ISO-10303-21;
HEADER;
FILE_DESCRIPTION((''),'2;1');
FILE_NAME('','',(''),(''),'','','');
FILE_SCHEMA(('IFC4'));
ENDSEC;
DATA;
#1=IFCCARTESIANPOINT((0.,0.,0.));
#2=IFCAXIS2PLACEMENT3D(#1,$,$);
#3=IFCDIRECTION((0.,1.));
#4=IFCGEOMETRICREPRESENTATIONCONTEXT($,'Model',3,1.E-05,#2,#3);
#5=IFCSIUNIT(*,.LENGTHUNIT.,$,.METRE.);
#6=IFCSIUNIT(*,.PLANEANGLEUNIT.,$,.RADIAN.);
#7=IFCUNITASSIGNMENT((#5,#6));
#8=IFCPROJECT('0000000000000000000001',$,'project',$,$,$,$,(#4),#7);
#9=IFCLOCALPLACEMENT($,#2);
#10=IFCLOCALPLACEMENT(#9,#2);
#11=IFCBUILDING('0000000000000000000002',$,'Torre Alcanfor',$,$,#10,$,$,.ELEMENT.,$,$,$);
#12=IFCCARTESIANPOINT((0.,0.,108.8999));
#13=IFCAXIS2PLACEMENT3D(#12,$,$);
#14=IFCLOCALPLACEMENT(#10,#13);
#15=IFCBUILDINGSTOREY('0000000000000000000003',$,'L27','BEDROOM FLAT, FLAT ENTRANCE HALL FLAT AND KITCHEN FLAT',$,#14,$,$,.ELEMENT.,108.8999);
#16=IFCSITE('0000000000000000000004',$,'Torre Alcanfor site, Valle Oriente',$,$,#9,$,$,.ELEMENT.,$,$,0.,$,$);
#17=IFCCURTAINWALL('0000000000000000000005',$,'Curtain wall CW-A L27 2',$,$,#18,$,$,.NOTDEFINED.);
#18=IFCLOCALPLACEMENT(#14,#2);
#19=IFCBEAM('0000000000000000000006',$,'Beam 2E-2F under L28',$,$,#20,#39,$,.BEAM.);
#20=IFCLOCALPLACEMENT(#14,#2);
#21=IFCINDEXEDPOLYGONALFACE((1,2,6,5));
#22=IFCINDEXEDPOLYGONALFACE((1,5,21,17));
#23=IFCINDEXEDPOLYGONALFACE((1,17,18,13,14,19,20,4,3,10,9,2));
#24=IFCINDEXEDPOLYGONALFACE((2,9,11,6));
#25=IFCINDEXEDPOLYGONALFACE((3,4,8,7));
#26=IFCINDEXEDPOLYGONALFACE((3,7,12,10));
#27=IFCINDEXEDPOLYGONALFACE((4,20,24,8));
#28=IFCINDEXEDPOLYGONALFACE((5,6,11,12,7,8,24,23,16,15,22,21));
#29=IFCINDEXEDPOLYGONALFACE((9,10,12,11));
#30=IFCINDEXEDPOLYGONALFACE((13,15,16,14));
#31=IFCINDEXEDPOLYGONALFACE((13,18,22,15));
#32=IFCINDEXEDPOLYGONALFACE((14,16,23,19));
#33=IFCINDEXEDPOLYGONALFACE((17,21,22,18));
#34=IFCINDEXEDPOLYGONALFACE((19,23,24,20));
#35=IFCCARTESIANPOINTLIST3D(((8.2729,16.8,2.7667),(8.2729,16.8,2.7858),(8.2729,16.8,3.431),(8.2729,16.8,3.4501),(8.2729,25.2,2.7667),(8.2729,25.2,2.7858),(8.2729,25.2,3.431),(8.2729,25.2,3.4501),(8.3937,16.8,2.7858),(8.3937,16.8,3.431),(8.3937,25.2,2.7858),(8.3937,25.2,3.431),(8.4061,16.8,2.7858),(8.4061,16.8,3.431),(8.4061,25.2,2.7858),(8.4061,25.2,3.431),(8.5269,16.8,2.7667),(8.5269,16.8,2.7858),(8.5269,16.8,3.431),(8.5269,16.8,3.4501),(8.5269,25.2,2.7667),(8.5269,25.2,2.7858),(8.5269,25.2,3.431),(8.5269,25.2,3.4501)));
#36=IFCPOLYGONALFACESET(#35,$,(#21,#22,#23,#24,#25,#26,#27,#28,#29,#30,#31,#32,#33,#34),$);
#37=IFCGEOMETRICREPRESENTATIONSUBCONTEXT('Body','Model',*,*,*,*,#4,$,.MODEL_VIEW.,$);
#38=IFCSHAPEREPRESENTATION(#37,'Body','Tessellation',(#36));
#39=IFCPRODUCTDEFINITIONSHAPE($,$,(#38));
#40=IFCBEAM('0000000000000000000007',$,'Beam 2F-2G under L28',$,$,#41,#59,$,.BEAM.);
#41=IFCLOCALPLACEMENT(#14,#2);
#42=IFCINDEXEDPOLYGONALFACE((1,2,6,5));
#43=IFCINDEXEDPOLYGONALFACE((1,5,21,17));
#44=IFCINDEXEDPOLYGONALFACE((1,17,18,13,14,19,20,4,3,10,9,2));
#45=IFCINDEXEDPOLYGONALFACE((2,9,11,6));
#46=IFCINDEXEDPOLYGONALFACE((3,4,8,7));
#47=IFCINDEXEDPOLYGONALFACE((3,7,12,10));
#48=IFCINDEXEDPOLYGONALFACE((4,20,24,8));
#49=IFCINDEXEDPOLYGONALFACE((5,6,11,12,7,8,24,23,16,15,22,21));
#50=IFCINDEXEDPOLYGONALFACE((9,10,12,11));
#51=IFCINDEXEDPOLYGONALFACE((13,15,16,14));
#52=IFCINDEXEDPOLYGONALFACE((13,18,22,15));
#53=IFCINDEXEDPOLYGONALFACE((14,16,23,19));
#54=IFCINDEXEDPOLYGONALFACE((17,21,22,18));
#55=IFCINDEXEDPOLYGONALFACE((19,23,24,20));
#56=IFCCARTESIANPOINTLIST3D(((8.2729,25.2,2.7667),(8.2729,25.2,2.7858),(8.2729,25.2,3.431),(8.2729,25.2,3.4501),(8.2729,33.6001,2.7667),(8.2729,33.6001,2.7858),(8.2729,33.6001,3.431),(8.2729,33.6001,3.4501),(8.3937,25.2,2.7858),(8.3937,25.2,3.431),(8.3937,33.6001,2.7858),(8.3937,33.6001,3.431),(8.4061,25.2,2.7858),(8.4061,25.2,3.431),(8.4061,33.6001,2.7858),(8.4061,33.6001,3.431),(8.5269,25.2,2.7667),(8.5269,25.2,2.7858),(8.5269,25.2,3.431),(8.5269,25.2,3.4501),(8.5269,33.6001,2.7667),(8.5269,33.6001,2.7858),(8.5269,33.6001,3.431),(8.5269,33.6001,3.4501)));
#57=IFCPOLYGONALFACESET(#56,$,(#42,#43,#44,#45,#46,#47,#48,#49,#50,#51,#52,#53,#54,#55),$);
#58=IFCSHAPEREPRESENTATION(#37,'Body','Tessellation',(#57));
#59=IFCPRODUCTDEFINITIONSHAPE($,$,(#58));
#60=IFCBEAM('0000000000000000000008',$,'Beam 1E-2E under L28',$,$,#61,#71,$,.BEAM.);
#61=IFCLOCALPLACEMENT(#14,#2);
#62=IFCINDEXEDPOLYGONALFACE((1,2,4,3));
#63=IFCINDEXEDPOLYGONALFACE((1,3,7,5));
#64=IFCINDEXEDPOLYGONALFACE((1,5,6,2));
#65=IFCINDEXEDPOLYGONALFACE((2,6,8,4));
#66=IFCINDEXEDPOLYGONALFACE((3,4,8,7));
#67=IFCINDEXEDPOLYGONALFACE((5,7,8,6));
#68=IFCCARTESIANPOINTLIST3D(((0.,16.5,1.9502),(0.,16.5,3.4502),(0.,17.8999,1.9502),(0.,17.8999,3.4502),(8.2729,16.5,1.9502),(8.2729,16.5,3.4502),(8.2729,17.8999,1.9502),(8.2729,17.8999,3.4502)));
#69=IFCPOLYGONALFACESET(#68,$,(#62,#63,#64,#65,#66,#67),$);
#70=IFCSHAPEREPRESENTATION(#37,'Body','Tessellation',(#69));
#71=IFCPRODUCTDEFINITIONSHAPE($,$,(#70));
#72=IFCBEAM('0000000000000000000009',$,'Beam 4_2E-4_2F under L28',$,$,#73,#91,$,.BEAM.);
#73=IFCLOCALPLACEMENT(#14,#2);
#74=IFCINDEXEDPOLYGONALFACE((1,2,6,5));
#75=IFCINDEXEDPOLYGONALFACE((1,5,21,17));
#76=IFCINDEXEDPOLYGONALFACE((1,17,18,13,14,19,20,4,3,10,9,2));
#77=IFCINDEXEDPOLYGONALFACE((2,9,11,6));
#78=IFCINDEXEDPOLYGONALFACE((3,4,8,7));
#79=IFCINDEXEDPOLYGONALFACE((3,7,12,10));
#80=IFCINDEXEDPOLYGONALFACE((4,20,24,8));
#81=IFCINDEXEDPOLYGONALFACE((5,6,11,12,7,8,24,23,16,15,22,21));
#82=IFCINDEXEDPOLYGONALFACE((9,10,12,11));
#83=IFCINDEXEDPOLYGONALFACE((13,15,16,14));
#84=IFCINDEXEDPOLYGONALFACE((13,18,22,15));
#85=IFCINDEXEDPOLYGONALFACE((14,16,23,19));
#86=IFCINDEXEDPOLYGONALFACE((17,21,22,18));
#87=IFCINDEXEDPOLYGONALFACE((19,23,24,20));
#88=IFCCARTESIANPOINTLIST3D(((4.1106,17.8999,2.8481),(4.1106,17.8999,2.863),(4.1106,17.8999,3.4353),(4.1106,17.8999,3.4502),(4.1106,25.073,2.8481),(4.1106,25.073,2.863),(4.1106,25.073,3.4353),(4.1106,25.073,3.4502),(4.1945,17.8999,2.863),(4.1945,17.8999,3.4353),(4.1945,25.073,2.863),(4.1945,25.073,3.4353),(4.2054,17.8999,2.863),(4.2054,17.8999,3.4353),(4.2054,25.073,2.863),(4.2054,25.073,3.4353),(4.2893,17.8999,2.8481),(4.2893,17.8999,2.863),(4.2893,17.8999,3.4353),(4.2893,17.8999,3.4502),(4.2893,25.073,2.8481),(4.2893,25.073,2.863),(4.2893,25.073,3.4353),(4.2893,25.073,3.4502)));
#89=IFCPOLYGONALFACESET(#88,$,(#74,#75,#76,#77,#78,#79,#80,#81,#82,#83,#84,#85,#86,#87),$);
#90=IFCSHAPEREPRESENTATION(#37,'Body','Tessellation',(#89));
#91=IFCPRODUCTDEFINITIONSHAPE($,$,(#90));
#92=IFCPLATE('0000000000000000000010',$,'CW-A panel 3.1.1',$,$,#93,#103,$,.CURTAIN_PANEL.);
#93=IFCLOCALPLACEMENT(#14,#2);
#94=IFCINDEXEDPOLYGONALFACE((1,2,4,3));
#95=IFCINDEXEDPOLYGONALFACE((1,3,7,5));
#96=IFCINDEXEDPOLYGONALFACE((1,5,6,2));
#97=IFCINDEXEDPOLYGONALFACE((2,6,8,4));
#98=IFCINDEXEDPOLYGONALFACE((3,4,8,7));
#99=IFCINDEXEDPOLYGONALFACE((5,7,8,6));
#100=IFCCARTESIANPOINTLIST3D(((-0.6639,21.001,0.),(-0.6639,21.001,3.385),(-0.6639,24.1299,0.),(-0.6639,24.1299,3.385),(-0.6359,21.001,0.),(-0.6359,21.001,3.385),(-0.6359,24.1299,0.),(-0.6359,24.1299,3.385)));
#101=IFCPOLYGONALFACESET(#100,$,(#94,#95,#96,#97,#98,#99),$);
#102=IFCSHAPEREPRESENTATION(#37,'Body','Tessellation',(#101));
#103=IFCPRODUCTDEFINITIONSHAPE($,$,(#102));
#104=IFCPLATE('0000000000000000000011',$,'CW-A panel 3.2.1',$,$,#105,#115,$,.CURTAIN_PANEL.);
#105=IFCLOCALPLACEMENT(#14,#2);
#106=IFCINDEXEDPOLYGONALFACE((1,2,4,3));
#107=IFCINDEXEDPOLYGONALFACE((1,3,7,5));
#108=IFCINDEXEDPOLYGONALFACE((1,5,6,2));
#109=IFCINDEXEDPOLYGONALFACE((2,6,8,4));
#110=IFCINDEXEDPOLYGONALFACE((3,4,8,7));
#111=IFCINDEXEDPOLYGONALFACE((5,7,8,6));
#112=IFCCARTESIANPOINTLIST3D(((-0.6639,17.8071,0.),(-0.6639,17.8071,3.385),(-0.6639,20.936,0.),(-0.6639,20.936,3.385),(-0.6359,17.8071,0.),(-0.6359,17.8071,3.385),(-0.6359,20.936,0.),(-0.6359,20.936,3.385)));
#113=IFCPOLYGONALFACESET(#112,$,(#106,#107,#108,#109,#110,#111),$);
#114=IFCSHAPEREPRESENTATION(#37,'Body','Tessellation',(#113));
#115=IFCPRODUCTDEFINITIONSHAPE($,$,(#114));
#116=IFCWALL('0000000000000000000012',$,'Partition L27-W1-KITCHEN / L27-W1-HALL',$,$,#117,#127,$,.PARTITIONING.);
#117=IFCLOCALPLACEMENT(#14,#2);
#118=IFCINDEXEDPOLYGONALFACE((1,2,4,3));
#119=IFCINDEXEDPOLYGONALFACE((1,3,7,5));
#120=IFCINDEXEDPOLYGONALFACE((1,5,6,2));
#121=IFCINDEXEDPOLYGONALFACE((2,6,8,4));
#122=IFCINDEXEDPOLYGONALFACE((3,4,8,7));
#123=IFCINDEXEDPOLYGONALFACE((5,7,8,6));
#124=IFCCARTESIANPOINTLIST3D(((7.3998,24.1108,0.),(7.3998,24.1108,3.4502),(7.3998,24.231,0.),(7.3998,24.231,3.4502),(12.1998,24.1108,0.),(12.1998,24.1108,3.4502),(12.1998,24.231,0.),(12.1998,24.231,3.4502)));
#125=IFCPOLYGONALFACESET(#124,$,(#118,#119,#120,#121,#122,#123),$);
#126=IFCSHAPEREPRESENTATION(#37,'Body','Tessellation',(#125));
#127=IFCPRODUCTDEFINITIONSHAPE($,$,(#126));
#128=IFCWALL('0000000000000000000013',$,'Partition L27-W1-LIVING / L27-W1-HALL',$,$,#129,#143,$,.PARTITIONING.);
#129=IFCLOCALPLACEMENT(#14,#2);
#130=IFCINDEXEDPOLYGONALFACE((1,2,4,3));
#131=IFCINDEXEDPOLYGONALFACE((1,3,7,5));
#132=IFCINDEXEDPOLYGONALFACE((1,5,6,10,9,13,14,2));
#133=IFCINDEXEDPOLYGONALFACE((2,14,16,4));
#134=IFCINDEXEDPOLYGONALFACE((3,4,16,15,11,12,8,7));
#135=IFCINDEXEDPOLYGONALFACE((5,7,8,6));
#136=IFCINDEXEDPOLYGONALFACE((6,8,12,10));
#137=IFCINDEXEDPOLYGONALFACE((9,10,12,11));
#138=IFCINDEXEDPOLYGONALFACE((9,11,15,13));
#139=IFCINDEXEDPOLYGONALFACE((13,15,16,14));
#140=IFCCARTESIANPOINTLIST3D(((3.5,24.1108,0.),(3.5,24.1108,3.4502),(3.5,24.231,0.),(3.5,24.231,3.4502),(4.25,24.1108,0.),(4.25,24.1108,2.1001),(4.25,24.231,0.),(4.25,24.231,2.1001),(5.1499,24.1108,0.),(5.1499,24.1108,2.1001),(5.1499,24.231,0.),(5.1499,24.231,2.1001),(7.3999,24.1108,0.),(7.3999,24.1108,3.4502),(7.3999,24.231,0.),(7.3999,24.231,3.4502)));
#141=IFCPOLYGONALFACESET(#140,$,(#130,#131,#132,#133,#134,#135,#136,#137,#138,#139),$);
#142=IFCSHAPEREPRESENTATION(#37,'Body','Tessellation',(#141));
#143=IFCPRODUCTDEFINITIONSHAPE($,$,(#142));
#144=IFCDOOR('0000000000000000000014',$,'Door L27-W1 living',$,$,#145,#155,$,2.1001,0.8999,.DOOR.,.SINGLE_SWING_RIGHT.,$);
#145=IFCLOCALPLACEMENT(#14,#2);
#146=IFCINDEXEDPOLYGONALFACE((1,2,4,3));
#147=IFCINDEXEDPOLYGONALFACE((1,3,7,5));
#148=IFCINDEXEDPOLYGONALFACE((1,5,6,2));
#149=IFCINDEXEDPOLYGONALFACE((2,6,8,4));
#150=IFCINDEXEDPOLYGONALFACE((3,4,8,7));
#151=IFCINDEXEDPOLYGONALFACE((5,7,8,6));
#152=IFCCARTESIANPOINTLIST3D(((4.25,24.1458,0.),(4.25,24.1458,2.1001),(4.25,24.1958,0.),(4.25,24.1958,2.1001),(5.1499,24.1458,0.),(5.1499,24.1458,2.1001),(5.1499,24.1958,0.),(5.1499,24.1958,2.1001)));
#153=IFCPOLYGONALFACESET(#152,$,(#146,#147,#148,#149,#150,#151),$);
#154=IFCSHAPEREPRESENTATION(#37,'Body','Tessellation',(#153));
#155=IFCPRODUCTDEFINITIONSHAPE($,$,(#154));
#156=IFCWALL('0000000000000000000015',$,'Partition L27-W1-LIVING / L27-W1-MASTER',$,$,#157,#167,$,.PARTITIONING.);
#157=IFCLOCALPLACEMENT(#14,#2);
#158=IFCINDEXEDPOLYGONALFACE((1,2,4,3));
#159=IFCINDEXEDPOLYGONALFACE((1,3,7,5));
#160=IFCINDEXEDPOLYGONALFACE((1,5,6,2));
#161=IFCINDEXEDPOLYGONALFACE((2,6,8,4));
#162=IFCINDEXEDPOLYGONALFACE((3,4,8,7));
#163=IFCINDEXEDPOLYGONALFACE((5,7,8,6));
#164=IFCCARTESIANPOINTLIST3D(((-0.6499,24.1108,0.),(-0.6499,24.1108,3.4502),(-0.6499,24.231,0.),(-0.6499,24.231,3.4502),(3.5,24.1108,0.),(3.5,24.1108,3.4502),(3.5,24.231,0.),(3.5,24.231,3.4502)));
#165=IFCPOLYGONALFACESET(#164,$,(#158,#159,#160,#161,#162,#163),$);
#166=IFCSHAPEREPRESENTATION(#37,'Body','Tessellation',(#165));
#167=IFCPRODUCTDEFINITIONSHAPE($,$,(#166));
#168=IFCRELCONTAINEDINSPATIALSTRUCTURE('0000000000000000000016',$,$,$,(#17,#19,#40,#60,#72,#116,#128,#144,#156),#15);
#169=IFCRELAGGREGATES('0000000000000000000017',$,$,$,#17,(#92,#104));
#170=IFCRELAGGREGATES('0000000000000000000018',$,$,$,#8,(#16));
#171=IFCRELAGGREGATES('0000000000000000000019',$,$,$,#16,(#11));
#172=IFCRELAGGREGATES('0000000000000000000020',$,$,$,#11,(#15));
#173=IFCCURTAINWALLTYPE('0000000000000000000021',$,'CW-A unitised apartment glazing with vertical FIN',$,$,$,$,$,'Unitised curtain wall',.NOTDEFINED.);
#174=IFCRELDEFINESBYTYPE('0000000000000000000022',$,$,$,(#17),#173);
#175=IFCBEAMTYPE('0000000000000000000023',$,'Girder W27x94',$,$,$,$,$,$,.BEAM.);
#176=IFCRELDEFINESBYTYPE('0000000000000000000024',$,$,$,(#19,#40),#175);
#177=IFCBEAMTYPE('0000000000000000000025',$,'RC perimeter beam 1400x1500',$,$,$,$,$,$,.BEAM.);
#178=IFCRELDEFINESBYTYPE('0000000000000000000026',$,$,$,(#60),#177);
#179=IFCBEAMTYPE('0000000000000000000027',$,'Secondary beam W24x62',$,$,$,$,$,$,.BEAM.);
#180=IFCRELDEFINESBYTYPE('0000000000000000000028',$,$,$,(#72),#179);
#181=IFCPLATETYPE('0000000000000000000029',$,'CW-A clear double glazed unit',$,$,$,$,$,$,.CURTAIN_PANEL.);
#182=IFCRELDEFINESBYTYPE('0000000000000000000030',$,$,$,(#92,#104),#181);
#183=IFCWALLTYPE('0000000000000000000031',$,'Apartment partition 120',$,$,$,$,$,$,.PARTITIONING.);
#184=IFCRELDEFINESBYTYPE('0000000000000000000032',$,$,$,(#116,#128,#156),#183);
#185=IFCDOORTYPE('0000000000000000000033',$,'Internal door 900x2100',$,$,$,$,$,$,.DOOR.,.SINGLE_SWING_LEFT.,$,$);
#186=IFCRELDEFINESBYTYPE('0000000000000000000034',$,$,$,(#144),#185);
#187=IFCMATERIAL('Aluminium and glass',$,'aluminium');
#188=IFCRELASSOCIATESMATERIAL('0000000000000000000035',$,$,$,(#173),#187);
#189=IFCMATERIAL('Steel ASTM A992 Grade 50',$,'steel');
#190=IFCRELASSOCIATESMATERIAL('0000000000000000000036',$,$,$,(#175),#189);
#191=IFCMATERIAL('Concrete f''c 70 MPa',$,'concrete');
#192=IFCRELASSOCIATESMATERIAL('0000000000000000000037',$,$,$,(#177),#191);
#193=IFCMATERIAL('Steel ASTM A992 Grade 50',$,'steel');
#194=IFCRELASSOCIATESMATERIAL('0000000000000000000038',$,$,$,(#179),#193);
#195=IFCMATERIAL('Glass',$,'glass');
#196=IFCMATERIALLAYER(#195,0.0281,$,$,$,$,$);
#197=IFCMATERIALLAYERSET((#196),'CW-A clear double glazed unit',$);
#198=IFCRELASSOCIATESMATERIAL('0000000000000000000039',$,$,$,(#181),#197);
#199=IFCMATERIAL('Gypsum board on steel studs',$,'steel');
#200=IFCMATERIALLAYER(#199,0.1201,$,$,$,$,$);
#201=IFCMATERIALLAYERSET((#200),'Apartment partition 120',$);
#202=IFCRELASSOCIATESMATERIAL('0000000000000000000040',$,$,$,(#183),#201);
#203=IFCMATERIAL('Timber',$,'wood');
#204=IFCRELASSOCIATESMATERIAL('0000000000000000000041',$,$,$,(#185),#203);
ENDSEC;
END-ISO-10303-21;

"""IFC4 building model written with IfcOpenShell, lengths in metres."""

from ifc_helpers import new_model, si_unit, direction, frame, frame_2d, origin, origin_2d, place, context, subcontext, project, spatial, rectangle, i_section, extrude, material, layer, layer_set, material_profile, profile_set, type_object, element, fill, aggregate, save


model = new_model("IFC4")

# Units and contexts
model_context = context("Model", 3, precision=1e-05, world=origin(), true_north=direction((0.0, 1.0)))
body_context = subcontext(model_context, "Body", "Model", "MODEL_VIEW")
ifc_project = project(units=[si_unit("LENGTHUNIT", "METRE"), si_unit("PLANEANGLEUNIT", "RADIAN")], contexts=[model_context])

# Site, building, storey
site_placement = place(None, origin())
site = spatial("IfcSite", under=ifc_project, at=site_placement, Name="Torre Alcanfor site, Valle Oriente", CompositionType="ELEMENT", RefElevation=0.0)
building_placement = place(site_placement, origin())
building = spatial("IfcBuilding", under=site, at=building_placement, Name="Torre Alcanfor", CompositionType="ELEMENT")
storey_placement = place(building_placement, frame((0.0, 0.0, 108.8999)))
storey = spatial("IfcBuildingStorey", under=building, at=storey_placement, Name="L27", Description="BEDROOM FLAT, FLAT ENTRANCE HALL FLAT AND KITCHEN FLAT", CompositionType="ELEMENT", Elevation=108.8999)

# Curtain wall
ifc_material_1 = material(Name="Aluminium and glass", Category="aluminium")
curtain_wall_type = type_object("IfcCurtainWallType", Name="CW-A unitised apartment glazing with vertical FIN", ElementType="Unitised curtain wall", PredefinedType="NOTDEFINED", material=ifc_material_1)
curtain_wall_placement = place(storey_placement, origin())
curtain_wall = element("IfcCurtainWall", 1, at=curtain_wall_placement, inside=storey, type_object=curtain_wall_type, Name="Curtain wall CW-A L27 2", PredefinedType="NOTDEFINED")

# Beams
ifc_material_2 = material(Name="Steel ASTM A992 Grade 50", Category="steel")
ifc_material_profile_1 = material_profile(ifc_material_2, i_section(OverallWidth=0.2539, OverallDepth=0.6833, WebThickness=0.0125, FlangeThickness=0.019, at=origin_2d()), Name="W27x94")
ifc_profile_set_1 = profile_set([ifc_material_profile_1], Name="Steel ASTM A992 Grade 50")
beam_type_1 = type_object("IfcBeamType", Name="Girder W27x94", PredefinedType="BEAM", material=ifc_profile_set_1)
beam_1_placement = place(storey_placement, frame((8.3999, 16.8, 3.1084), z_axis=(0.0, 1.0, 0.0), x_axis=(-1.0, 0.0, 0.0)))
element("IfcBeam", 2, at=beam_1_placement, inside=storey, type_object=beam_type_1, Name="Beam 2E-2F under L28", PredefinedType="BEAM", context=body_context, shape_type="SweptSolid", body=[
    extrude(i_section(OverallWidth=0.2539, OverallDepth=0.6833, WebThickness=0.0125, FlangeThickness=0.019, at=origin_2d()), origin(), (0.0, 0.0, 1.0), 8.3999),
])
beam_2_placement = place(storey_placement, frame((8.3999, 25.2, 3.1084), z_axis=(0.0, 1.0, 0.0), x_axis=(-1.0, 0.0, 0.0)))
element("IfcBeam", 3, at=beam_2_placement, inside=storey, type_object=beam_type_1, Name="Beam 2F-2G under L28", PredefinedType="BEAM", context=body_context, shape_type="SweptSolid", body=[
    extrude(i_section(OverallWidth=0.2539, OverallDepth=0.6833, WebThickness=0.0125, FlangeThickness=0.019, at=origin_2d()), origin(), (0.0, 0.0, 1.0), 8.4001),
])
ifc_material_3 = material(Name="Concrete f'c 70 MPa", Category="concrete")
ifc_material_profile_2 = material_profile(ifc_material_3, rectangle(XDim=1.3999, YDim=1.5, at=origin_2d()), Name="1400x1500")
ifc_profile_set_2 = profile_set([ifc_material_profile_2], Name="Concrete f'c 70 MPa")
beam_type_2 = type_object("IfcBeamType", Name="RC perimeter beam 1400x1500", PredefinedType="BEAM", material=ifc_profile_set_2)
beam_3_placement = place(storey_placement, frame((0.0, 17.2, 2.7002), z_axis=(1.0, 0.0, 0.0), x_axis=(0.0, 1.0, 0.0)))
element("IfcBeam", 4, at=beam_3_placement, inside=storey, type_object=beam_type_2, Name="Beam 1E-2E under L28", PredefinedType="BEAM", context=body_context, shape_type="SweptSolid", body=[
    extrude(rectangle(XDim=1.3999, YDim=1.5, at=origin_2d()), origin(), (0.0, 0.0, 1.0), 8.2729),
])
ifc_material_4 = material(Name="Steel ASTM A992 Grade 50", Category="steel")
ifc_material_profile_3 = material_profile(ifc_material_4, i_section(OverallWidth=0.1787, OverallDepth=0.6021, WebThickness=0.011, FlangeThickness=0.0149, at=origin_2d()), Name="W24x62")
ifc_profile_set_3 = profile_set([ifc_material_profile_3], Name="Steel ASTM A992 Grade 50")
beam_type_3 = type_object("IfcBeamType", Name="Secondary beam W24x62", PredefinedType="BEAM", material=ifc_profile_set_3)
beam_4_placement = place(storey_placement, frame((4.2, 17.8999, 3.1492), z_axis=(0.0, 1.0, 0.0), x_axis=(-1.0, 0.0, 0.0)))
element("IfcBeam", 5, at=beam_4_placement, inside=storey, type_object=beam_type_3, Name="Beam 4_2E-4_2F under L28", PredefinedType="BEAM", context=body_context, shape_type="SweptSolid", body=[
    extrude(i_section(OverallWidth=0.1787, OverallDepth=0.6021, WebThickness=0.011, FlangeThickness=0.0149, at=origin_2d()), origin(), (0.0, 0.0, 1.0), 7.1731),
])

# Plates
ifc_material_5 = material(Name="Glass", Category="glass")
ifc_layer_1 = layer(ifc_material_5, 0.0281)
ifc_layer_set_1 = layer_set([ifc_layer_1], Name="CW-A clear double glazed unit")
plate_type = type_object("IfcPlateType", Name="CW-A clear double glazed unit", PredefinedType="CURTAIN_PANEL", material=ifc_layer_set_1)
plate_1_placement = place(storey_placement, frame((-0.6499, 22.5654, 0.0), z_axis=(0.0, 0.0, 1.0), x_axis=(0.0, -1.0, 0.0)))
plate_1 = element("IfcPlate", 6, at=plate_1_placement, type_object=plate_type, Name="CW-A panel 3.1.1", PredefinedType="CURTAIN_PANEL", context=body_context, shape_type="SweptSolid", body=[
    extrude(rectangle(XDim=3.1289, YDim=0.0281, at=origin_2d()), origin(), (0.0, 0.0, 1.0), 3.385),
])
plate_2_placement = place(storey_placement, frame((-0.6499, 19.3716, 0.0), z_axis=(0.0, 0.0, 1.0), x_axis=(0.0, -1.0, 0.0)))
plate_2 = element("IfcPlate", 7, at=plate_2_placement, type_object=plate_type, Name="CW-A panel 3.2.1", PredefinedType="CURTAIN_PANEL", context=body_context, shape_type="SweptSolid", body=[
    extrude(rectangle(XDim=3.1289, YDim=0.0281, at=origin_2d()), origin(), (0.0, 0.0, 1.0), 3.385),
])
aggregate(curtain_wall, [plate_1, plate_2])

# Wall
ifc_material_6 = material(Name="Gypsum board on steel studs", Category="steel")
ifc_layer_2 = layer(ifc_material_6, 0.1201)
ifc_layer_set_2 = layer_set([ifc_layer_2], Name="Apartment partition 120")
wall_type_1 = type_object("IfcWallType", Name="Apartment partition 120", PredefinedType="PARTITIONING", material=ifc_layer_set_2)
wall_1_placement = place(storey_placement, frame((7.3999, 24.1709, 0.0), z_axis=(0.0, 0.0, 1.0), x_axis=(1.0, 0.0, 0.0)))
element("IfcWall", 8, at=wall_1_placement, inside=storey, type_object=wall_type_1, Name="Partition L27-W1-KITCHEN / L27-W1-HALL", PredefinedType="PARTITIONING", context=body_context, shape_type="SweptSolid", body=[
    extrude(rectangle(XDim=4.8, YDim=0.1201, at=frame_2d((2.3999, 0.0))), origin(), (0.0, 0.0, 1.0), 3.4502),
])

# Wall, opening, door
wall_2_placement = place(storey_placement, frame((3.5, 24.1709, 0.0), z_axis=(0.0, 0.0, 1.0), x_axis=(1.0, 0.0, 0.0)))
wall_2 = element("IfcWall", 9, at=wall_2_placement, inside=storey, type_object=wall_type_1, Name="Partition L27-W1-LIVING / L27-W1-HALL", PredefinedType="PARTITIONING", context=body_context, shape_type="SweptSolid", body=[
    extrude(rectangle(XDim=3.8999, YDim=0.1201, at=frame_2d((1.95, 0.0))), origin(), (0.0, 0.0, 1.0), 3.4502),
])
opening_1_placement = place(wall_2_placement, frame((0.75, 0.0, 0.0)))
opening_1 = element("IfcOpeningElement", 10, at=opening_1_placement, cuts=wall_2, PredefinedType="OPENING", context=body_context, shape_type="SweptSolid", body=[
    extrude(rectangle(XDim=0.8999, YDim=2.1001, at=frame_2d((0.45, 1.05))), frame((0.0, 0.0701, 0.0), z_axis=(0.0, -1.0, 0.0), x_axis=(1.0, 0.0, 0.0)), (0.0, 0.0, 1.0), 0.1401),
])
ifc_material_7 = material(Name="Timber", Category="wood")
door_type_1 = type_object("IfcDoorType", Name="Internal door 900x2100", OperationType="SINGLE_SWING_LEFT", PredefinedType="DOOR", material=ifc_material_7)
door_1_placement = place(opening_1_placement, origin())
door_1 = element("IfcDoor", 11, at=door_1_placement, inside=storey, type_object=door_type_1, Name="Door L27-W1 living", OperationType="SINGLE_SWING_RIGHT", OverallHeight=2.1001, OverallWidth=0.8999, PredefinedType="DOOR", context=body_context, shape_type="SweptSolid", body=[
    extrude(rectangle(XDim=0.8999, YDim=2.1001, at=frame_2d((0.45, 1.05))), frame((0.0, 0.0249, 0.0), z_axis=(0.0, -1.0, 0.0), x_axis=(1.0, 0.0, 0.0)), (0.0, 0.0, 1.0), 0.05),
])
fill(opening_1, door_1)

# Wall
wall_3_placement = place(storey_placement, frame((-0.6499, 24.1709, 0.0), z_axis=(0.0, 0.0, 1.0), x_axis=(1.0, 0.0, 0.0)))
element("IfcWall", 12, at=wall_3_placement, inside=storey, type_object=wall_type_1, Name="Partition L27-W1-LIVING / L27-W1-MASTER", PredefinedType="PARTITIONING", context=body_context, shape_type="SweptSolid", body=[
    extrude(rectangle(XDim=4.1499, YDim=0.1201, at=frame_2d((2.075, 0.0))), origin(), (0.0, 0.0, 1.0), 3.4502),
])

save(model, "model.ifc")
